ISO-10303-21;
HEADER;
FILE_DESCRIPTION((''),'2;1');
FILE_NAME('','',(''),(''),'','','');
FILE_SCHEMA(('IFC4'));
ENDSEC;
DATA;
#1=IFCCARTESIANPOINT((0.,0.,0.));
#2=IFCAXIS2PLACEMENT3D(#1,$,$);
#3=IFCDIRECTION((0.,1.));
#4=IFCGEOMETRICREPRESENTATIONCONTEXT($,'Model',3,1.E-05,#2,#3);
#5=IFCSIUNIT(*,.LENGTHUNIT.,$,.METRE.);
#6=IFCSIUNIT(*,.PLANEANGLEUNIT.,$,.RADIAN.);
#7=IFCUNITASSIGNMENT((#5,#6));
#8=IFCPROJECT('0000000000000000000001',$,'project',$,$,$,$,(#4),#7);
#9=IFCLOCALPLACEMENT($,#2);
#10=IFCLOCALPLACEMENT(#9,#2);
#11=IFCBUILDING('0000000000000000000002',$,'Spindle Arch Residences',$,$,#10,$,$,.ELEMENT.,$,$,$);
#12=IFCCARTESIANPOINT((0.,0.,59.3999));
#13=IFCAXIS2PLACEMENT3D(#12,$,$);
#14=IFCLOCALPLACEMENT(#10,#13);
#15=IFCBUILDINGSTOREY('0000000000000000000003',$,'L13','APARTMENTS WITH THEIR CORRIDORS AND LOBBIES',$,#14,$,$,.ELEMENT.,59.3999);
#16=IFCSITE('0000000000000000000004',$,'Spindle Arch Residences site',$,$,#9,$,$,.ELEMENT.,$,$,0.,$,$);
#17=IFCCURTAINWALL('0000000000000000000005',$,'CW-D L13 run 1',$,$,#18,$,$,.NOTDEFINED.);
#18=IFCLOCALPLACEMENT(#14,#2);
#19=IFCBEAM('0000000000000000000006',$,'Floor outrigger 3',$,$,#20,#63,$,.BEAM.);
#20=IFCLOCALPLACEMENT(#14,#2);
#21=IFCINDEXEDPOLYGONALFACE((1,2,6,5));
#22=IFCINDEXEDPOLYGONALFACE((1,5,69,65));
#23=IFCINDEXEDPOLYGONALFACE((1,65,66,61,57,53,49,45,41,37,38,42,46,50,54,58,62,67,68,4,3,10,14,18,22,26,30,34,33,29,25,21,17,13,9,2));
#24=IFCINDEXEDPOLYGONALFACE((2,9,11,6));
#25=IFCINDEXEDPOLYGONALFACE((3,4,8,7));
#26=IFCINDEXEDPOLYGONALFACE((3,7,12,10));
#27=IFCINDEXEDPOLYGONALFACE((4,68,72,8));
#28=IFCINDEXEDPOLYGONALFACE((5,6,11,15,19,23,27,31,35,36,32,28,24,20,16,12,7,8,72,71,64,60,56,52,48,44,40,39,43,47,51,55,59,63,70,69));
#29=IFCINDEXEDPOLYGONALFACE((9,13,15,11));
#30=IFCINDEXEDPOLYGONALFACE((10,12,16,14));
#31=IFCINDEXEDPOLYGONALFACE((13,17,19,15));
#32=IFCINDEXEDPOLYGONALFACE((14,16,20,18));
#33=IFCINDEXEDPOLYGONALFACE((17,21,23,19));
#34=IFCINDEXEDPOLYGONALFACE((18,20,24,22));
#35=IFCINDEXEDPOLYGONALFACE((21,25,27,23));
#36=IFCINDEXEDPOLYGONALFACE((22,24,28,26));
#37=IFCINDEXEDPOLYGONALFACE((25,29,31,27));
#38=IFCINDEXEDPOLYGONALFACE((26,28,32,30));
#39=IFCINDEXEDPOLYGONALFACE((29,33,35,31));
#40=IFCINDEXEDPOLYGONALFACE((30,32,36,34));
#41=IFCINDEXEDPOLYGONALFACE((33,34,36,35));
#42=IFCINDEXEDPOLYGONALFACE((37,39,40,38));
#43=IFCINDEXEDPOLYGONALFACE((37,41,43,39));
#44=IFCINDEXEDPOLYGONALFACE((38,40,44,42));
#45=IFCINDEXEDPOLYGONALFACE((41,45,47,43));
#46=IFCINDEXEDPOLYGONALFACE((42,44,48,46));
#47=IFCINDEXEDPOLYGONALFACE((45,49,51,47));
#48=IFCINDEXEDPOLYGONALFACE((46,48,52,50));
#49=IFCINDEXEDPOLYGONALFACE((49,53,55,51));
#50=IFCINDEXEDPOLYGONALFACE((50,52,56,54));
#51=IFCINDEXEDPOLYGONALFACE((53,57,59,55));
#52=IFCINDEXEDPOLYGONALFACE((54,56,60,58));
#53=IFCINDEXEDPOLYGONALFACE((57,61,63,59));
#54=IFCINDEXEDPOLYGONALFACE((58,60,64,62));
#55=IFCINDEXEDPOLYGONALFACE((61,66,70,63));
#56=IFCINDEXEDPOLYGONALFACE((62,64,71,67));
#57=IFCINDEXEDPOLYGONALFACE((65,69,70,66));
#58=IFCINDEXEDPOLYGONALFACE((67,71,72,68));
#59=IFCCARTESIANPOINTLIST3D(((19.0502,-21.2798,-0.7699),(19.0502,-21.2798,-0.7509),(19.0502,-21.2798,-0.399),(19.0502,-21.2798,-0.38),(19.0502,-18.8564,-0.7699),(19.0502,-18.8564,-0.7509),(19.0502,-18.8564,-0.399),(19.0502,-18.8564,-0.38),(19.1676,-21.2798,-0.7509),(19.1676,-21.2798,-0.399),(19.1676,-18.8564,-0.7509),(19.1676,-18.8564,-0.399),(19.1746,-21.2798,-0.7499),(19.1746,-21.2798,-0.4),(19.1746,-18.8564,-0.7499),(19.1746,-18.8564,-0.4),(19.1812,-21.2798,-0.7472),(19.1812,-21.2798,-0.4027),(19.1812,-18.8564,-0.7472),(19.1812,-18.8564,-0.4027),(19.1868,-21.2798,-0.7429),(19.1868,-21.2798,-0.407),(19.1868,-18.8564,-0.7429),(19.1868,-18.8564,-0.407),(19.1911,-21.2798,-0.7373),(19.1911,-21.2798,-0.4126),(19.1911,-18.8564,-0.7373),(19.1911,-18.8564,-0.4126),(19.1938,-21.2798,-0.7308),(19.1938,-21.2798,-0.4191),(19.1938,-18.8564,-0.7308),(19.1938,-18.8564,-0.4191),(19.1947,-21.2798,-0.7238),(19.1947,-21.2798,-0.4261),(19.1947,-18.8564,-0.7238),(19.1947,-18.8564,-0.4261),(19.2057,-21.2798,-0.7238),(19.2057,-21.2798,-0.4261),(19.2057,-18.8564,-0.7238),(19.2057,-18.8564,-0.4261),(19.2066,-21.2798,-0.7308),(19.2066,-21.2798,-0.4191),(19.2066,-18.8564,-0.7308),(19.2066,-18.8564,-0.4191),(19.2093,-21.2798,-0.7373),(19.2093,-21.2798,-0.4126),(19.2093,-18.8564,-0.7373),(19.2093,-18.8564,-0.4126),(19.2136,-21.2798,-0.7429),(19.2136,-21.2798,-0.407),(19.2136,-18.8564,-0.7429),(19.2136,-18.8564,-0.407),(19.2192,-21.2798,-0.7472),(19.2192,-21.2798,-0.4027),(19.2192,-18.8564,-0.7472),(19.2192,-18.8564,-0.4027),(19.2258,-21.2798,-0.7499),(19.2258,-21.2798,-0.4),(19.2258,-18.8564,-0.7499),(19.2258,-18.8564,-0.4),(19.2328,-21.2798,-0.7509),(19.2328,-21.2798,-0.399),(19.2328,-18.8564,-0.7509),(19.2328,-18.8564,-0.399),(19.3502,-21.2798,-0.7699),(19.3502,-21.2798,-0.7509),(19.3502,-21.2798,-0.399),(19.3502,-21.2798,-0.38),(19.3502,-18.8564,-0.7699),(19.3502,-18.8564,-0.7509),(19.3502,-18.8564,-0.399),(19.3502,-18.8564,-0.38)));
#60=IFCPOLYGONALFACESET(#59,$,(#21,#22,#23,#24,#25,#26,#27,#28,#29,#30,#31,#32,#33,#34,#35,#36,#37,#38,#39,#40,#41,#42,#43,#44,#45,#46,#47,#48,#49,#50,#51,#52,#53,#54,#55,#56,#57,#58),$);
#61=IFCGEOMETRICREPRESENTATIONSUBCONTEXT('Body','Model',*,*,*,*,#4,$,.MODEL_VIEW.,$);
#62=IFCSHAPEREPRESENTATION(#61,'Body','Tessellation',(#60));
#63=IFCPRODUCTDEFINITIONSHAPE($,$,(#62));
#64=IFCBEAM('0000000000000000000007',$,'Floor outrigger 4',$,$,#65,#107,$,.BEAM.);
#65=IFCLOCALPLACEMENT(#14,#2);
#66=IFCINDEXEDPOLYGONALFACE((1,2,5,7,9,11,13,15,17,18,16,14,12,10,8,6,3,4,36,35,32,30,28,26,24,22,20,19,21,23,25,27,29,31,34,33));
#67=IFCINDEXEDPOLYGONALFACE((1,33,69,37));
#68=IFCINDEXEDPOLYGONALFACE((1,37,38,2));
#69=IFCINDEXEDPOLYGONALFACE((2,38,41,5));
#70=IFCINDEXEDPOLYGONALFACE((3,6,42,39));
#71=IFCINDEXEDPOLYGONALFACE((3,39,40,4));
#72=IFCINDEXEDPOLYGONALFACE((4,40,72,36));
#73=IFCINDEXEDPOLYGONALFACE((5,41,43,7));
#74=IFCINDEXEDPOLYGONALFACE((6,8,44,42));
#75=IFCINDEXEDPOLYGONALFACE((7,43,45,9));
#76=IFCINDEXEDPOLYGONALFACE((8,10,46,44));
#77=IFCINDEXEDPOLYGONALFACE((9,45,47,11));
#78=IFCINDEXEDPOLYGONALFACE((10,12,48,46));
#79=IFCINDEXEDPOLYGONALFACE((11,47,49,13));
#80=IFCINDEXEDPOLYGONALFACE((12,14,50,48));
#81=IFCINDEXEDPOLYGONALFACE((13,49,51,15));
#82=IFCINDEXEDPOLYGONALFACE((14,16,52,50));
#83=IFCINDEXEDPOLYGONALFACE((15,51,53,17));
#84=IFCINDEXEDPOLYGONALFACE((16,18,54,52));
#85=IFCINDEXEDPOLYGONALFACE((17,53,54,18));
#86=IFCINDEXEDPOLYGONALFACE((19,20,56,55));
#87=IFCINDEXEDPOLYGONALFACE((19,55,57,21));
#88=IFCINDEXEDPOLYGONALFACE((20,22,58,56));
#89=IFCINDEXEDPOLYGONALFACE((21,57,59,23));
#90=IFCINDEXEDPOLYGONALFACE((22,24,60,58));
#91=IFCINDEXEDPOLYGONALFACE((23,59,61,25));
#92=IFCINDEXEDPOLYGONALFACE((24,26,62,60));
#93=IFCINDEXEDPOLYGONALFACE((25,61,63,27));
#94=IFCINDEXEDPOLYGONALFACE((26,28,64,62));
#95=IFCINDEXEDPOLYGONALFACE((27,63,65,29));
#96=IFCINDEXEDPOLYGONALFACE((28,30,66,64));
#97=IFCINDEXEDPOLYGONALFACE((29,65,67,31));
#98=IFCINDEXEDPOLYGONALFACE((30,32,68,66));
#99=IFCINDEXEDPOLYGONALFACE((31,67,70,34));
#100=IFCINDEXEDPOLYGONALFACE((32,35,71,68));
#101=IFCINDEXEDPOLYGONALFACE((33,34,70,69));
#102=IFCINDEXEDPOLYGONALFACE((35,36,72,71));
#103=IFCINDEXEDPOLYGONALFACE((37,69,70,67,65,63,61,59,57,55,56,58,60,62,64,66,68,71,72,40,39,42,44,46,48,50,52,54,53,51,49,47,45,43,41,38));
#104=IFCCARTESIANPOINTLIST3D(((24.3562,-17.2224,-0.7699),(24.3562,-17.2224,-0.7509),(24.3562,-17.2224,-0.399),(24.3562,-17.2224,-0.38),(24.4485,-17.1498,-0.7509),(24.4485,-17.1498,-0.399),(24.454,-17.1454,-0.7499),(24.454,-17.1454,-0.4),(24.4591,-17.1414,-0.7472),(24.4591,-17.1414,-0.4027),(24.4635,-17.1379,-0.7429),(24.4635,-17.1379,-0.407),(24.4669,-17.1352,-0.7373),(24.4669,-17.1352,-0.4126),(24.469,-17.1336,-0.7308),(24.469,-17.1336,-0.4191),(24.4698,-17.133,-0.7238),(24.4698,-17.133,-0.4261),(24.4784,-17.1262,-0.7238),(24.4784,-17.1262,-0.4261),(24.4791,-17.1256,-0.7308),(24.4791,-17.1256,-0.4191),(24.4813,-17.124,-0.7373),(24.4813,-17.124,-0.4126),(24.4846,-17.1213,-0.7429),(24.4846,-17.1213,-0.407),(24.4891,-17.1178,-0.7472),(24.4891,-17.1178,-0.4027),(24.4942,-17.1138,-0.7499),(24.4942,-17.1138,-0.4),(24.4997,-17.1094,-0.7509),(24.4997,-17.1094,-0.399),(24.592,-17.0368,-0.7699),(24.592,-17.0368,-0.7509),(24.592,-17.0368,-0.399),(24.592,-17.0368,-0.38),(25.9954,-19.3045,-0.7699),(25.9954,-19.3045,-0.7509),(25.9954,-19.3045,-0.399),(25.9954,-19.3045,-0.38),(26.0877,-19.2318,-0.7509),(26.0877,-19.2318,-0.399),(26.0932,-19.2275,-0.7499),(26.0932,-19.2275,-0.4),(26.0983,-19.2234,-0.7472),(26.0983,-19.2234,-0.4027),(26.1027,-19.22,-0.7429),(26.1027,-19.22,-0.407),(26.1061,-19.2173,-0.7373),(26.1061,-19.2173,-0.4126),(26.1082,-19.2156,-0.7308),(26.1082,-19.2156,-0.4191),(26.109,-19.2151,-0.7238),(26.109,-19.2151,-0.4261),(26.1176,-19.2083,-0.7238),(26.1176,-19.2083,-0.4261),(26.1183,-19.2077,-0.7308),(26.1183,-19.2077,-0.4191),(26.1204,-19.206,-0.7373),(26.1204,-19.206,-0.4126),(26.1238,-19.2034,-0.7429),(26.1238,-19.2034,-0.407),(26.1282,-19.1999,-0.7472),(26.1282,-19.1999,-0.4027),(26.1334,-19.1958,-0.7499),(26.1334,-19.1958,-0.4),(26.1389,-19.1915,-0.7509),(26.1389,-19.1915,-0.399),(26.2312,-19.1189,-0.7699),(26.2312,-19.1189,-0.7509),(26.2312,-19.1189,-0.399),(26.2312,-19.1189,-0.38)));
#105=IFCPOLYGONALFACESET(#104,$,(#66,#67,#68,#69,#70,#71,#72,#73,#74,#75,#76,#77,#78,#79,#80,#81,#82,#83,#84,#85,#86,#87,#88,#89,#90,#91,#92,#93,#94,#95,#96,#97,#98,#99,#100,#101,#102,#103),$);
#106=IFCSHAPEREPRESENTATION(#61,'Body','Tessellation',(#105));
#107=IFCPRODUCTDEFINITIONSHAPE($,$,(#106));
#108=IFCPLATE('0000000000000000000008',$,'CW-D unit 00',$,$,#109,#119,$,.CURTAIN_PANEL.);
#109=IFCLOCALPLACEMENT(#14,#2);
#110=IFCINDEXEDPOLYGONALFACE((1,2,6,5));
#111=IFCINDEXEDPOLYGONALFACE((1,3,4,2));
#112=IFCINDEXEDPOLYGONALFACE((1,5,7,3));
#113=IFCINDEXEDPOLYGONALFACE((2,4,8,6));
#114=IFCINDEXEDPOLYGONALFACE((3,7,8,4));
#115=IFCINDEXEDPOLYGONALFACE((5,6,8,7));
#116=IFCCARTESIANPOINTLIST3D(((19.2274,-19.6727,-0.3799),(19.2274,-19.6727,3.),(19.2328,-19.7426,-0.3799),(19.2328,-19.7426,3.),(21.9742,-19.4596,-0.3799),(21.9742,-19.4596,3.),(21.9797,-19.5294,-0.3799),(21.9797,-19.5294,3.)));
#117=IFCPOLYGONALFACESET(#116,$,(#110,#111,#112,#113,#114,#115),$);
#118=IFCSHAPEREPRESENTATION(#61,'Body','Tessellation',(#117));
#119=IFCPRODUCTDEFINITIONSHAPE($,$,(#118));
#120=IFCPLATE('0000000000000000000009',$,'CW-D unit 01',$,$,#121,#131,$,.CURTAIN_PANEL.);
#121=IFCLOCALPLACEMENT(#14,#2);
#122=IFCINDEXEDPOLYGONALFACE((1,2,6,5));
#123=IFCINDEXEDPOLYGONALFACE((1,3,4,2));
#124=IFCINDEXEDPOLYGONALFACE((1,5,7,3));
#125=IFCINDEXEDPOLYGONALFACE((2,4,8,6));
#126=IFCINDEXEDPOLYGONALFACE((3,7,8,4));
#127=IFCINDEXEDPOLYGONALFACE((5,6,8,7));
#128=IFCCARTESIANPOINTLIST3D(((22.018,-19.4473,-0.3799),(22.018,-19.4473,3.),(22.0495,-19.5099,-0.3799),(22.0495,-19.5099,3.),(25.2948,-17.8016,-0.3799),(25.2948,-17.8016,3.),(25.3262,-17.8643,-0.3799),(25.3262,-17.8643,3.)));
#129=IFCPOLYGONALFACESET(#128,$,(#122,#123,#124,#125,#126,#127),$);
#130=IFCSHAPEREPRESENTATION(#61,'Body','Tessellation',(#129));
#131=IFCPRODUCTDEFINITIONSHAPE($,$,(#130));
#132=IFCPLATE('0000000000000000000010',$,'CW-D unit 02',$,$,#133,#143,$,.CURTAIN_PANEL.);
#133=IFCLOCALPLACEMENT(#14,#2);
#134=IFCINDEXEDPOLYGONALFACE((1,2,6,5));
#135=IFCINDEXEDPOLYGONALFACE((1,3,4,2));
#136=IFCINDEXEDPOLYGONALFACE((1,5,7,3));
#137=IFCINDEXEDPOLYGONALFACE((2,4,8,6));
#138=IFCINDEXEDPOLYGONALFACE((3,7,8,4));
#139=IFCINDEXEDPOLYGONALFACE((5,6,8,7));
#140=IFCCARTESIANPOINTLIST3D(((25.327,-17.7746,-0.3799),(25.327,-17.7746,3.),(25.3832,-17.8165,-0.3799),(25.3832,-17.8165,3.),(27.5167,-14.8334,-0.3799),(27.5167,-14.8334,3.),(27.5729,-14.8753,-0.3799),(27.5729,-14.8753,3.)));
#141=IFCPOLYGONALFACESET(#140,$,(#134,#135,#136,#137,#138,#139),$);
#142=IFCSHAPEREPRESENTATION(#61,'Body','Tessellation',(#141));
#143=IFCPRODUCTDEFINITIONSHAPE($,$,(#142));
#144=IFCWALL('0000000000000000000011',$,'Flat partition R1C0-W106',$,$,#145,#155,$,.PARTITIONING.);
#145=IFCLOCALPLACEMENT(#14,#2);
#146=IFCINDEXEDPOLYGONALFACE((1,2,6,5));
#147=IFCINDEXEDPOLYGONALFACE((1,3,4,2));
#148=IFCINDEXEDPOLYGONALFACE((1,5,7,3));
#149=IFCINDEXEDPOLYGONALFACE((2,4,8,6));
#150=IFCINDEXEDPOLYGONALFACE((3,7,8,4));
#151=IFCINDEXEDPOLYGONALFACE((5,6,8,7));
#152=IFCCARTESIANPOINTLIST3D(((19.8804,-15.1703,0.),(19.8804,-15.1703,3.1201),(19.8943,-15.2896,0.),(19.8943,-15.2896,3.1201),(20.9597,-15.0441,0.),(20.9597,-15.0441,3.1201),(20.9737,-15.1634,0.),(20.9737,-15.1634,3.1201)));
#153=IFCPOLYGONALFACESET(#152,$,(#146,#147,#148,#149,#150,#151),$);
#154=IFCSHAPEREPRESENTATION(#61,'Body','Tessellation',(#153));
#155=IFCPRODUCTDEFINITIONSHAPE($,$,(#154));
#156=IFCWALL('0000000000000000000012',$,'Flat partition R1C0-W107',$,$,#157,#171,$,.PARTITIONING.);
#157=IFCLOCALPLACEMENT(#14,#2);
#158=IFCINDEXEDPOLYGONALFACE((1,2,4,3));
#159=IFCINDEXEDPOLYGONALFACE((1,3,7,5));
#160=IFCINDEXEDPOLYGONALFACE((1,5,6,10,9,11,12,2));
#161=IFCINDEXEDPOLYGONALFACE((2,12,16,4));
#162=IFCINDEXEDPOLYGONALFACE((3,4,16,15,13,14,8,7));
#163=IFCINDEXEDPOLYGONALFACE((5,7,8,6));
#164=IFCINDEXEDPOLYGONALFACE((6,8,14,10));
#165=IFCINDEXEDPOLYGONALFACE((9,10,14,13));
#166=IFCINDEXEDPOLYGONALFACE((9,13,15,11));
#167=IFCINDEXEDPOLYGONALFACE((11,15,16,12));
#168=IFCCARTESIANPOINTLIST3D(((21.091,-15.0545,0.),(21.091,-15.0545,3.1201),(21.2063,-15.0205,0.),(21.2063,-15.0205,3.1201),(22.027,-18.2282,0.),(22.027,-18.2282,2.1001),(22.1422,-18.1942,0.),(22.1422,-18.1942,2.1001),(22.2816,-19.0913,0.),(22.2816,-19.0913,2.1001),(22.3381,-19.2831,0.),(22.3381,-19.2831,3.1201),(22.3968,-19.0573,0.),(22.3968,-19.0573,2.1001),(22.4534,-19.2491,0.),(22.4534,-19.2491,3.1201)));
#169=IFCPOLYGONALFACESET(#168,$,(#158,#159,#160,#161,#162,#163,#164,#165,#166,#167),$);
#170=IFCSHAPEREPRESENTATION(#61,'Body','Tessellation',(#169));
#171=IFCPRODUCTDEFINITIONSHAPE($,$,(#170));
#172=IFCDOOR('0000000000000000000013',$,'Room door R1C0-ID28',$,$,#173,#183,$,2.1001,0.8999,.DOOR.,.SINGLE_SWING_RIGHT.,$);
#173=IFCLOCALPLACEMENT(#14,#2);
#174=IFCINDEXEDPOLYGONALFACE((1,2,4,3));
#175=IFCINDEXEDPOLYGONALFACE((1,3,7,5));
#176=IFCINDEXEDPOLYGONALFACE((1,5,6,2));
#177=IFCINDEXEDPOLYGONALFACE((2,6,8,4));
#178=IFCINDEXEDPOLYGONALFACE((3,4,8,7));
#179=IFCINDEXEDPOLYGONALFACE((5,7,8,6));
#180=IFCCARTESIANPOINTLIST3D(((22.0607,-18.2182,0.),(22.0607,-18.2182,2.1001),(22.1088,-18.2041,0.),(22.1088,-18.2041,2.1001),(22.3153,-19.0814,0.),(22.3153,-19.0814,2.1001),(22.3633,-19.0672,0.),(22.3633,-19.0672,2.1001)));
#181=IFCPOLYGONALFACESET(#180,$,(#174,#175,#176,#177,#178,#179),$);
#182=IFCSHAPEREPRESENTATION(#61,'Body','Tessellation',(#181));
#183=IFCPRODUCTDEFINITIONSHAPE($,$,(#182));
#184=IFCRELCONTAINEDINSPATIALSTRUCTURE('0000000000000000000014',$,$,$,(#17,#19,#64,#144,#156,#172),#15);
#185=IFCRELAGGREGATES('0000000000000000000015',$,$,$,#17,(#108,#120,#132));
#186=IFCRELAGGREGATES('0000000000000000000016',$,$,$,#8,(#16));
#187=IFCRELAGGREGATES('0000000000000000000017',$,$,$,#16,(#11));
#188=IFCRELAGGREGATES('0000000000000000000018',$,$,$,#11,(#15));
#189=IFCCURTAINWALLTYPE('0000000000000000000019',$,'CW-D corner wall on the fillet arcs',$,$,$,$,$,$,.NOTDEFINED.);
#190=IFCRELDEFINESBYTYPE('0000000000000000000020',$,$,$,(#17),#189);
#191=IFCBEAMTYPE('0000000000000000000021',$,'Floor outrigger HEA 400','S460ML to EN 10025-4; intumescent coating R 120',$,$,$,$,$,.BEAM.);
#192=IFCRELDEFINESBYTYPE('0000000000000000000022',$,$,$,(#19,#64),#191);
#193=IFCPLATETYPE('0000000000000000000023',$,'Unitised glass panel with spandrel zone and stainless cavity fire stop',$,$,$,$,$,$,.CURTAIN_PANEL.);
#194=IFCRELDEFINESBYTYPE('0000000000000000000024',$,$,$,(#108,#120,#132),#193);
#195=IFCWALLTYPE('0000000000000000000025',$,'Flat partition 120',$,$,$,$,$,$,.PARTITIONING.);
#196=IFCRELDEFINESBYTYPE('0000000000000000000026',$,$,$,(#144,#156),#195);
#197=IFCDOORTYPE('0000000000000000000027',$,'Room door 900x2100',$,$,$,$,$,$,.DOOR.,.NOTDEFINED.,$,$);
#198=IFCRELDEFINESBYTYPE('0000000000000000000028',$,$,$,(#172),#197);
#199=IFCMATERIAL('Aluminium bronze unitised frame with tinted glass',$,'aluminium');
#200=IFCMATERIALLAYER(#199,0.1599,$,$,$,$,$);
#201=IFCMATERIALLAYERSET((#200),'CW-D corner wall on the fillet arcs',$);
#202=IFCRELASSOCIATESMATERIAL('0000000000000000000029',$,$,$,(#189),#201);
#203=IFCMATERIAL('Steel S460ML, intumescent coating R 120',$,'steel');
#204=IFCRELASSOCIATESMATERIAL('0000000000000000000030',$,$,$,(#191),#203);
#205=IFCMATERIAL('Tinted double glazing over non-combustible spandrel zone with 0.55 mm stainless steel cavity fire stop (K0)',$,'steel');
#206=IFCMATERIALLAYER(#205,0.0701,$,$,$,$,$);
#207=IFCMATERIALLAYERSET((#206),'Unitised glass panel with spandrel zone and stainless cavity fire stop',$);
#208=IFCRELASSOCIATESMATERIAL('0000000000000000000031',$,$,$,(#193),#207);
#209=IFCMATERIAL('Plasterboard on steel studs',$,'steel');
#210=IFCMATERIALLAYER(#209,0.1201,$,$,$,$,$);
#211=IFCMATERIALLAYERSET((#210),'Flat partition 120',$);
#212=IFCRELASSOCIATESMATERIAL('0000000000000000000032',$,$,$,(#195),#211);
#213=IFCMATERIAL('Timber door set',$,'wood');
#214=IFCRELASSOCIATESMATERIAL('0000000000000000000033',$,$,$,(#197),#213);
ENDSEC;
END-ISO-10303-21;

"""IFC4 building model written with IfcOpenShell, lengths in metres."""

from ifc_helpers import new_model, si_unit, direction, frame, frame_2d, origin, origin_2d, place, context, subcontext, project, spatial, rectangle, i_section, extrude, material, layer, layer_set, material_profile, profile_set, type_object, element, fill, aggregate, save


model = new_model("IFC4")

# Units and contexts
model_context = context("Model", 3, precision=1e-05, world=origin(), true_north=direction((0.0, 1.0)))
body_context = subcontext(model_context, "Body", "Model", "MODEL_VIEW")
ifc_project = project(units=[si_unit("LENGTHUNIT", "METRE"), si_unit("PLANEANGLEUNIT", "RADIAN")], contexts=[model_context])

# Site, building, storey
site_placement = place(None, origin())
site = spatial("IfcSite", under=ifc_project, at=site_placement, Name="Spindle Arch Residences site", CompositionType="ELEMENT", RefElevation=0.0)
building_placement = place(site_placement, origin())
building = spatial("IfcBuilding", under=site, at=building_placement, Name="Spindle Arch Residences", CompositionType="ELEMENT")
storey_placement = place(building_placement, frame((0.0, 0.0, 59.3999)))
storey = spatial("IfcBuildingStorey", under=building, at=storey_placement, Name="L13", Description="APARTMENTS WITH THEIR CORRIDORS AND LOBBIES", CompositionType="ELEMENT", Elevation=59.3999)

# Curtain wall
ifc_material_1 = material(Name="Aluminium bronze unitised frame with tinted glass", Category="aluminium")
ifc_layer_1 = layer(ifc_material_1, 0.1599)
ifc_layer_set_1 = layer_set([ifc_layer_1], Name="CW-D corner wall on the fillet arcs")
curtain_wall_type = type_object("IfcCurtainWallType", Name="CW-D corner wall on the fillet arcs", PredefinedType="NOTDEFINED", material=ifc_layer_set_1)
curtain_wall_placement = place(storey_placement, origin())
curtain_wall = element("IfcCurtainWall", 1, at=curtain_wall_placement, inside=storey, type_object=curtain_wall_type, Name="CW-D L13 run 1", PredefinedType="NOTDEFINED")

# Beams
ifc_material_2 = material(Name="Steel S460ML, intumescent coating R 120", Category="steel")
ifc_material_profile_1 = material_profile(ifc_material_2, i_section(OverallWidth=0.3, OverallDepth=0.3899, WebThickness=0.011, FlangeThickness=0.019, FilletRadius=0.0271, at=origin_2d()), Name="HEA 400")
ifc_profile_set_1 = profile_set([ifc_material_profile_1], Name="Steel S460ML, intumescent coating R 120")
beam_type_1 = type_object("IfcBeamType", Name="Floor outrigger HEA 400", Description="S460ML to EN 10025-4; intumescent coating R 120", PredefinedType="BEAM", material=ifc_profile_set_1)
beam_1_placement = place(storey_placement, frame((19.2002, -21.2798, -0.575), z_axis=(0.0, 1.0, 0.0), x_axis=(-1.0, 0.0, 0.0)))
element("IfcBeam", 2, at=beam_1_placement, inside=storey, type_object=beam_type_1, Name="Floor outrigger 3", PredefinedType="BEAM", context=body_context, shape_type="SweptSolid", body=[
    extrude(i_section(OverallWidth=0.3, OverallDepth=0.3899, WebThickness=0.011, FlangeThickness=0.019, FilletRadius=0.0271, at=origin_2d()), origin(), (0.0, 0.0, 1.0), 2.4233),
])
beam_2_placement = place(storey_placement, frame((26.1133, -19.2117, -0.575), z_axis=(-0.618586, 0.785717, 0.0), x_axis=(-0.785717, -0.618586, 0.0)))
element("IfcBeam", 3, at=beam_2_placement, inside=storey, type_object=beam_type_1, Name="Floor outrigger 4", PredefinedType="BEAM", context=body_context, shape_type="SweptSolid", body=[
    extrude(i_section(OverallWidth=0.3, OverallDepth=0.3899, WebThickness=0.011, FlangeThickness=0.019, FilletRadius=0.0271, at=origin_2d()), origin(), (0.0, 0.0, 1.0), 2.6499),
])

# Plates
ifc_material_3 = material(Name="Tinted double glazing over non-combustible spandrel zone with 0.55 mm stainless steel cavity fire stop (K0)", Category="steel")
ifc_layer_2 = layer(ifc_material_3, 0.0701)
ifc_layer_set_2 = layer_set([ifc_layer_2], Name="Unitised glass panel with spandrel zone and stainless cavity fire stop")
plate_type = type_object("IfcPlateType", Name="Unitised glass panel with spandrel zone and stainless cavity fire stop", PredefinedType="CURTAIN_PANEL", material=ifc_layer_set_2)
plate_1_placement = place(storey_placement, frame((20.6035, -19.6011, -0.3799), z_axis=(0.0, 0.0, 1.0), x_axis=(0.997003, 0.077364, 0.0)))
plate_1 = element("IfcPlate", 4, at=plate_1_placement, type_object=plate_type, Name="CW-D unit 00", PredefinedType="CURTAIN_PANEL", context=body_context, shape_type="SweptSolid", body=[
    extrude(rectangle(XDim=2.7551, YDim=0.0701, at=origin_2d()), origin(), (0.0, 0.0, 1.0), 3.3799),
])
plate_2_placement = place(storey_placement, frame((23.6721, -18.6558, -0.3799), z_axis=(0.0, 0.0, 1.0), x_axis=(0.893633, 0.448799, 0.0)))
plate_2 = element("IfcPlate", 5, at=plate_2_placement, type_object=plate_type, Name="CW-D unit 01", PredefinedType="CURTAIN_PANEL", context=body_context, shape_type="SweptSolid", body=[
    extrude(rectangle(XDim=3.6667, YDim=0.0701, at=origin_2d()), origin(), (0.0, 0.0, 1.0), 3.3799),
])
plate_3_placement = place(storey_placement, frame((26.45, -16.325, -0.3799), z_axis=(0.0, 0.0, 1.0), x_axis=(0.597159, 0.802123, 0.0)))
plate_3 = element("IfcPlate", 6, at=plate_3_placement, type_object=plate_type, Name="CW-D unit 02", PredefinedType="CURTAIN_PANEL", context=body_context, shape_type="SweptSolid", body=[
    extrude(rectangle(XDim=3.6667, YDim=0.0701, at=origin_2d()), origin(), (0.0, 0.0, 1.0), 3.3799),
])
aggregate(curtain_wall, [plate_1, plate_2, plate_3])

# Wall
ifc_material_4 = material(Name="Plasterboard on steel studs", Category="steel")
ifc_layer_3 = layer(ifc_material_4, 0.1201)
ifc_layer_set_3 = layer_set([ifc_layer_3], Name="Flat partition 120")
wall_type_1 = type_object("IfcWallType", Name="Flat partition 120", PredefinedType="PARTITIONING", material=ifc_layer_set_3)
wall_1_placement = place(storey_placement, frame((20.9668, -15.1038, 0.0), z_axis=(0.0, 0.0, 1.0), x_axis=(-0.993232, -0.11615, 0.0)))
element("IfcWall", 7, at=wall_1_placement, inside=storey, type_object=wall_type_1, Name="Flat partition R1C0-W106", PredefinedType="PARTITIONING", context=body_context, shape_type="SweptSolid", body=[
    extrude(rectangle(XDim=1.0867, YDim=0.1201, at=frame_2d((0.5435, 0.0))), origin(), (0.0, 0.0, 1.0), 3.1201),
])

# Wall, opening, door
wall_2_placement = place(storey_placement, frame((22.3958, -19.2661, 0.0), z_axis=(0.0, 0.0, 1.0), x_axis=(-0.282874, 0.959157, 0.0)))
wall_2 = element("IfcWall", 8, at=wall_2_placement, inside=storey, type_object=wall_type_1, Name="Flat partition R1C0-W107", PredefinedType="PARTITIONING", context=body_context, shape_type="SweptSolid", body=[
    extrude(rectangle(XDim=4.4087, YDim=0.1201, at=frame_2d((2.2043, 0.0))), origin(), (0.0, 0.0, 1.0), 3.1201),
])
opening_placement = place(wall_2_placement, frame((0.2, 0.0, 0.0)))
opening = element("IfcOpeningElement", 9, at=opening_placement, cuts=wall_2, PredefinedType="OPENING", context=body_context, shape_type="SweptSolid", body=[
    extrude(rectangle(XDim=0.8999, YDim=2.1001, at=frame_2d((0.45, 1.05))), frame((0.0, 0.0701, 0.0), z_axis=(0.0, -1.0, 0.0), x_axis=(1.0, 0.0, 0.0)), (0.0, 0.0, 1.0), 0.1401),
])
ifc_material_5 = material(Name="Timber door set", Category="wood")
door_type = type_object("IfcDoorType", Name="Room door 900x2100", OperationType="NOTDEFINED", PredefinedType="DOOR", material=ifc_material_5)
door_placement = place(opening_placement, origin())
door = element("IfcDoor", 10, at=door_placement, inside=storey, type_object=door_type, Name="Room door R1C0-ID28", OperationType="SINGLE_SWING_RIGHT", OverallHeight=2.1001, OverallWidth=0.8999, PredefinedType="DOOR", context=body_context, shape_type="SweptSolid", body=[
    extrude(rectangle(XDim=0.8999, YDim=2.1001, at=frame_2d((0.45, 1.05))), frame((0.0, 0.0249, 0.0), z_axis=(0.0, -1.0, 0.0), x_axis=(1.0, 0.0, 0.0)), (0.0, 0.0, 1.0), 0.05),
])
fill(opening, door)

save(model, "model.ifc")
